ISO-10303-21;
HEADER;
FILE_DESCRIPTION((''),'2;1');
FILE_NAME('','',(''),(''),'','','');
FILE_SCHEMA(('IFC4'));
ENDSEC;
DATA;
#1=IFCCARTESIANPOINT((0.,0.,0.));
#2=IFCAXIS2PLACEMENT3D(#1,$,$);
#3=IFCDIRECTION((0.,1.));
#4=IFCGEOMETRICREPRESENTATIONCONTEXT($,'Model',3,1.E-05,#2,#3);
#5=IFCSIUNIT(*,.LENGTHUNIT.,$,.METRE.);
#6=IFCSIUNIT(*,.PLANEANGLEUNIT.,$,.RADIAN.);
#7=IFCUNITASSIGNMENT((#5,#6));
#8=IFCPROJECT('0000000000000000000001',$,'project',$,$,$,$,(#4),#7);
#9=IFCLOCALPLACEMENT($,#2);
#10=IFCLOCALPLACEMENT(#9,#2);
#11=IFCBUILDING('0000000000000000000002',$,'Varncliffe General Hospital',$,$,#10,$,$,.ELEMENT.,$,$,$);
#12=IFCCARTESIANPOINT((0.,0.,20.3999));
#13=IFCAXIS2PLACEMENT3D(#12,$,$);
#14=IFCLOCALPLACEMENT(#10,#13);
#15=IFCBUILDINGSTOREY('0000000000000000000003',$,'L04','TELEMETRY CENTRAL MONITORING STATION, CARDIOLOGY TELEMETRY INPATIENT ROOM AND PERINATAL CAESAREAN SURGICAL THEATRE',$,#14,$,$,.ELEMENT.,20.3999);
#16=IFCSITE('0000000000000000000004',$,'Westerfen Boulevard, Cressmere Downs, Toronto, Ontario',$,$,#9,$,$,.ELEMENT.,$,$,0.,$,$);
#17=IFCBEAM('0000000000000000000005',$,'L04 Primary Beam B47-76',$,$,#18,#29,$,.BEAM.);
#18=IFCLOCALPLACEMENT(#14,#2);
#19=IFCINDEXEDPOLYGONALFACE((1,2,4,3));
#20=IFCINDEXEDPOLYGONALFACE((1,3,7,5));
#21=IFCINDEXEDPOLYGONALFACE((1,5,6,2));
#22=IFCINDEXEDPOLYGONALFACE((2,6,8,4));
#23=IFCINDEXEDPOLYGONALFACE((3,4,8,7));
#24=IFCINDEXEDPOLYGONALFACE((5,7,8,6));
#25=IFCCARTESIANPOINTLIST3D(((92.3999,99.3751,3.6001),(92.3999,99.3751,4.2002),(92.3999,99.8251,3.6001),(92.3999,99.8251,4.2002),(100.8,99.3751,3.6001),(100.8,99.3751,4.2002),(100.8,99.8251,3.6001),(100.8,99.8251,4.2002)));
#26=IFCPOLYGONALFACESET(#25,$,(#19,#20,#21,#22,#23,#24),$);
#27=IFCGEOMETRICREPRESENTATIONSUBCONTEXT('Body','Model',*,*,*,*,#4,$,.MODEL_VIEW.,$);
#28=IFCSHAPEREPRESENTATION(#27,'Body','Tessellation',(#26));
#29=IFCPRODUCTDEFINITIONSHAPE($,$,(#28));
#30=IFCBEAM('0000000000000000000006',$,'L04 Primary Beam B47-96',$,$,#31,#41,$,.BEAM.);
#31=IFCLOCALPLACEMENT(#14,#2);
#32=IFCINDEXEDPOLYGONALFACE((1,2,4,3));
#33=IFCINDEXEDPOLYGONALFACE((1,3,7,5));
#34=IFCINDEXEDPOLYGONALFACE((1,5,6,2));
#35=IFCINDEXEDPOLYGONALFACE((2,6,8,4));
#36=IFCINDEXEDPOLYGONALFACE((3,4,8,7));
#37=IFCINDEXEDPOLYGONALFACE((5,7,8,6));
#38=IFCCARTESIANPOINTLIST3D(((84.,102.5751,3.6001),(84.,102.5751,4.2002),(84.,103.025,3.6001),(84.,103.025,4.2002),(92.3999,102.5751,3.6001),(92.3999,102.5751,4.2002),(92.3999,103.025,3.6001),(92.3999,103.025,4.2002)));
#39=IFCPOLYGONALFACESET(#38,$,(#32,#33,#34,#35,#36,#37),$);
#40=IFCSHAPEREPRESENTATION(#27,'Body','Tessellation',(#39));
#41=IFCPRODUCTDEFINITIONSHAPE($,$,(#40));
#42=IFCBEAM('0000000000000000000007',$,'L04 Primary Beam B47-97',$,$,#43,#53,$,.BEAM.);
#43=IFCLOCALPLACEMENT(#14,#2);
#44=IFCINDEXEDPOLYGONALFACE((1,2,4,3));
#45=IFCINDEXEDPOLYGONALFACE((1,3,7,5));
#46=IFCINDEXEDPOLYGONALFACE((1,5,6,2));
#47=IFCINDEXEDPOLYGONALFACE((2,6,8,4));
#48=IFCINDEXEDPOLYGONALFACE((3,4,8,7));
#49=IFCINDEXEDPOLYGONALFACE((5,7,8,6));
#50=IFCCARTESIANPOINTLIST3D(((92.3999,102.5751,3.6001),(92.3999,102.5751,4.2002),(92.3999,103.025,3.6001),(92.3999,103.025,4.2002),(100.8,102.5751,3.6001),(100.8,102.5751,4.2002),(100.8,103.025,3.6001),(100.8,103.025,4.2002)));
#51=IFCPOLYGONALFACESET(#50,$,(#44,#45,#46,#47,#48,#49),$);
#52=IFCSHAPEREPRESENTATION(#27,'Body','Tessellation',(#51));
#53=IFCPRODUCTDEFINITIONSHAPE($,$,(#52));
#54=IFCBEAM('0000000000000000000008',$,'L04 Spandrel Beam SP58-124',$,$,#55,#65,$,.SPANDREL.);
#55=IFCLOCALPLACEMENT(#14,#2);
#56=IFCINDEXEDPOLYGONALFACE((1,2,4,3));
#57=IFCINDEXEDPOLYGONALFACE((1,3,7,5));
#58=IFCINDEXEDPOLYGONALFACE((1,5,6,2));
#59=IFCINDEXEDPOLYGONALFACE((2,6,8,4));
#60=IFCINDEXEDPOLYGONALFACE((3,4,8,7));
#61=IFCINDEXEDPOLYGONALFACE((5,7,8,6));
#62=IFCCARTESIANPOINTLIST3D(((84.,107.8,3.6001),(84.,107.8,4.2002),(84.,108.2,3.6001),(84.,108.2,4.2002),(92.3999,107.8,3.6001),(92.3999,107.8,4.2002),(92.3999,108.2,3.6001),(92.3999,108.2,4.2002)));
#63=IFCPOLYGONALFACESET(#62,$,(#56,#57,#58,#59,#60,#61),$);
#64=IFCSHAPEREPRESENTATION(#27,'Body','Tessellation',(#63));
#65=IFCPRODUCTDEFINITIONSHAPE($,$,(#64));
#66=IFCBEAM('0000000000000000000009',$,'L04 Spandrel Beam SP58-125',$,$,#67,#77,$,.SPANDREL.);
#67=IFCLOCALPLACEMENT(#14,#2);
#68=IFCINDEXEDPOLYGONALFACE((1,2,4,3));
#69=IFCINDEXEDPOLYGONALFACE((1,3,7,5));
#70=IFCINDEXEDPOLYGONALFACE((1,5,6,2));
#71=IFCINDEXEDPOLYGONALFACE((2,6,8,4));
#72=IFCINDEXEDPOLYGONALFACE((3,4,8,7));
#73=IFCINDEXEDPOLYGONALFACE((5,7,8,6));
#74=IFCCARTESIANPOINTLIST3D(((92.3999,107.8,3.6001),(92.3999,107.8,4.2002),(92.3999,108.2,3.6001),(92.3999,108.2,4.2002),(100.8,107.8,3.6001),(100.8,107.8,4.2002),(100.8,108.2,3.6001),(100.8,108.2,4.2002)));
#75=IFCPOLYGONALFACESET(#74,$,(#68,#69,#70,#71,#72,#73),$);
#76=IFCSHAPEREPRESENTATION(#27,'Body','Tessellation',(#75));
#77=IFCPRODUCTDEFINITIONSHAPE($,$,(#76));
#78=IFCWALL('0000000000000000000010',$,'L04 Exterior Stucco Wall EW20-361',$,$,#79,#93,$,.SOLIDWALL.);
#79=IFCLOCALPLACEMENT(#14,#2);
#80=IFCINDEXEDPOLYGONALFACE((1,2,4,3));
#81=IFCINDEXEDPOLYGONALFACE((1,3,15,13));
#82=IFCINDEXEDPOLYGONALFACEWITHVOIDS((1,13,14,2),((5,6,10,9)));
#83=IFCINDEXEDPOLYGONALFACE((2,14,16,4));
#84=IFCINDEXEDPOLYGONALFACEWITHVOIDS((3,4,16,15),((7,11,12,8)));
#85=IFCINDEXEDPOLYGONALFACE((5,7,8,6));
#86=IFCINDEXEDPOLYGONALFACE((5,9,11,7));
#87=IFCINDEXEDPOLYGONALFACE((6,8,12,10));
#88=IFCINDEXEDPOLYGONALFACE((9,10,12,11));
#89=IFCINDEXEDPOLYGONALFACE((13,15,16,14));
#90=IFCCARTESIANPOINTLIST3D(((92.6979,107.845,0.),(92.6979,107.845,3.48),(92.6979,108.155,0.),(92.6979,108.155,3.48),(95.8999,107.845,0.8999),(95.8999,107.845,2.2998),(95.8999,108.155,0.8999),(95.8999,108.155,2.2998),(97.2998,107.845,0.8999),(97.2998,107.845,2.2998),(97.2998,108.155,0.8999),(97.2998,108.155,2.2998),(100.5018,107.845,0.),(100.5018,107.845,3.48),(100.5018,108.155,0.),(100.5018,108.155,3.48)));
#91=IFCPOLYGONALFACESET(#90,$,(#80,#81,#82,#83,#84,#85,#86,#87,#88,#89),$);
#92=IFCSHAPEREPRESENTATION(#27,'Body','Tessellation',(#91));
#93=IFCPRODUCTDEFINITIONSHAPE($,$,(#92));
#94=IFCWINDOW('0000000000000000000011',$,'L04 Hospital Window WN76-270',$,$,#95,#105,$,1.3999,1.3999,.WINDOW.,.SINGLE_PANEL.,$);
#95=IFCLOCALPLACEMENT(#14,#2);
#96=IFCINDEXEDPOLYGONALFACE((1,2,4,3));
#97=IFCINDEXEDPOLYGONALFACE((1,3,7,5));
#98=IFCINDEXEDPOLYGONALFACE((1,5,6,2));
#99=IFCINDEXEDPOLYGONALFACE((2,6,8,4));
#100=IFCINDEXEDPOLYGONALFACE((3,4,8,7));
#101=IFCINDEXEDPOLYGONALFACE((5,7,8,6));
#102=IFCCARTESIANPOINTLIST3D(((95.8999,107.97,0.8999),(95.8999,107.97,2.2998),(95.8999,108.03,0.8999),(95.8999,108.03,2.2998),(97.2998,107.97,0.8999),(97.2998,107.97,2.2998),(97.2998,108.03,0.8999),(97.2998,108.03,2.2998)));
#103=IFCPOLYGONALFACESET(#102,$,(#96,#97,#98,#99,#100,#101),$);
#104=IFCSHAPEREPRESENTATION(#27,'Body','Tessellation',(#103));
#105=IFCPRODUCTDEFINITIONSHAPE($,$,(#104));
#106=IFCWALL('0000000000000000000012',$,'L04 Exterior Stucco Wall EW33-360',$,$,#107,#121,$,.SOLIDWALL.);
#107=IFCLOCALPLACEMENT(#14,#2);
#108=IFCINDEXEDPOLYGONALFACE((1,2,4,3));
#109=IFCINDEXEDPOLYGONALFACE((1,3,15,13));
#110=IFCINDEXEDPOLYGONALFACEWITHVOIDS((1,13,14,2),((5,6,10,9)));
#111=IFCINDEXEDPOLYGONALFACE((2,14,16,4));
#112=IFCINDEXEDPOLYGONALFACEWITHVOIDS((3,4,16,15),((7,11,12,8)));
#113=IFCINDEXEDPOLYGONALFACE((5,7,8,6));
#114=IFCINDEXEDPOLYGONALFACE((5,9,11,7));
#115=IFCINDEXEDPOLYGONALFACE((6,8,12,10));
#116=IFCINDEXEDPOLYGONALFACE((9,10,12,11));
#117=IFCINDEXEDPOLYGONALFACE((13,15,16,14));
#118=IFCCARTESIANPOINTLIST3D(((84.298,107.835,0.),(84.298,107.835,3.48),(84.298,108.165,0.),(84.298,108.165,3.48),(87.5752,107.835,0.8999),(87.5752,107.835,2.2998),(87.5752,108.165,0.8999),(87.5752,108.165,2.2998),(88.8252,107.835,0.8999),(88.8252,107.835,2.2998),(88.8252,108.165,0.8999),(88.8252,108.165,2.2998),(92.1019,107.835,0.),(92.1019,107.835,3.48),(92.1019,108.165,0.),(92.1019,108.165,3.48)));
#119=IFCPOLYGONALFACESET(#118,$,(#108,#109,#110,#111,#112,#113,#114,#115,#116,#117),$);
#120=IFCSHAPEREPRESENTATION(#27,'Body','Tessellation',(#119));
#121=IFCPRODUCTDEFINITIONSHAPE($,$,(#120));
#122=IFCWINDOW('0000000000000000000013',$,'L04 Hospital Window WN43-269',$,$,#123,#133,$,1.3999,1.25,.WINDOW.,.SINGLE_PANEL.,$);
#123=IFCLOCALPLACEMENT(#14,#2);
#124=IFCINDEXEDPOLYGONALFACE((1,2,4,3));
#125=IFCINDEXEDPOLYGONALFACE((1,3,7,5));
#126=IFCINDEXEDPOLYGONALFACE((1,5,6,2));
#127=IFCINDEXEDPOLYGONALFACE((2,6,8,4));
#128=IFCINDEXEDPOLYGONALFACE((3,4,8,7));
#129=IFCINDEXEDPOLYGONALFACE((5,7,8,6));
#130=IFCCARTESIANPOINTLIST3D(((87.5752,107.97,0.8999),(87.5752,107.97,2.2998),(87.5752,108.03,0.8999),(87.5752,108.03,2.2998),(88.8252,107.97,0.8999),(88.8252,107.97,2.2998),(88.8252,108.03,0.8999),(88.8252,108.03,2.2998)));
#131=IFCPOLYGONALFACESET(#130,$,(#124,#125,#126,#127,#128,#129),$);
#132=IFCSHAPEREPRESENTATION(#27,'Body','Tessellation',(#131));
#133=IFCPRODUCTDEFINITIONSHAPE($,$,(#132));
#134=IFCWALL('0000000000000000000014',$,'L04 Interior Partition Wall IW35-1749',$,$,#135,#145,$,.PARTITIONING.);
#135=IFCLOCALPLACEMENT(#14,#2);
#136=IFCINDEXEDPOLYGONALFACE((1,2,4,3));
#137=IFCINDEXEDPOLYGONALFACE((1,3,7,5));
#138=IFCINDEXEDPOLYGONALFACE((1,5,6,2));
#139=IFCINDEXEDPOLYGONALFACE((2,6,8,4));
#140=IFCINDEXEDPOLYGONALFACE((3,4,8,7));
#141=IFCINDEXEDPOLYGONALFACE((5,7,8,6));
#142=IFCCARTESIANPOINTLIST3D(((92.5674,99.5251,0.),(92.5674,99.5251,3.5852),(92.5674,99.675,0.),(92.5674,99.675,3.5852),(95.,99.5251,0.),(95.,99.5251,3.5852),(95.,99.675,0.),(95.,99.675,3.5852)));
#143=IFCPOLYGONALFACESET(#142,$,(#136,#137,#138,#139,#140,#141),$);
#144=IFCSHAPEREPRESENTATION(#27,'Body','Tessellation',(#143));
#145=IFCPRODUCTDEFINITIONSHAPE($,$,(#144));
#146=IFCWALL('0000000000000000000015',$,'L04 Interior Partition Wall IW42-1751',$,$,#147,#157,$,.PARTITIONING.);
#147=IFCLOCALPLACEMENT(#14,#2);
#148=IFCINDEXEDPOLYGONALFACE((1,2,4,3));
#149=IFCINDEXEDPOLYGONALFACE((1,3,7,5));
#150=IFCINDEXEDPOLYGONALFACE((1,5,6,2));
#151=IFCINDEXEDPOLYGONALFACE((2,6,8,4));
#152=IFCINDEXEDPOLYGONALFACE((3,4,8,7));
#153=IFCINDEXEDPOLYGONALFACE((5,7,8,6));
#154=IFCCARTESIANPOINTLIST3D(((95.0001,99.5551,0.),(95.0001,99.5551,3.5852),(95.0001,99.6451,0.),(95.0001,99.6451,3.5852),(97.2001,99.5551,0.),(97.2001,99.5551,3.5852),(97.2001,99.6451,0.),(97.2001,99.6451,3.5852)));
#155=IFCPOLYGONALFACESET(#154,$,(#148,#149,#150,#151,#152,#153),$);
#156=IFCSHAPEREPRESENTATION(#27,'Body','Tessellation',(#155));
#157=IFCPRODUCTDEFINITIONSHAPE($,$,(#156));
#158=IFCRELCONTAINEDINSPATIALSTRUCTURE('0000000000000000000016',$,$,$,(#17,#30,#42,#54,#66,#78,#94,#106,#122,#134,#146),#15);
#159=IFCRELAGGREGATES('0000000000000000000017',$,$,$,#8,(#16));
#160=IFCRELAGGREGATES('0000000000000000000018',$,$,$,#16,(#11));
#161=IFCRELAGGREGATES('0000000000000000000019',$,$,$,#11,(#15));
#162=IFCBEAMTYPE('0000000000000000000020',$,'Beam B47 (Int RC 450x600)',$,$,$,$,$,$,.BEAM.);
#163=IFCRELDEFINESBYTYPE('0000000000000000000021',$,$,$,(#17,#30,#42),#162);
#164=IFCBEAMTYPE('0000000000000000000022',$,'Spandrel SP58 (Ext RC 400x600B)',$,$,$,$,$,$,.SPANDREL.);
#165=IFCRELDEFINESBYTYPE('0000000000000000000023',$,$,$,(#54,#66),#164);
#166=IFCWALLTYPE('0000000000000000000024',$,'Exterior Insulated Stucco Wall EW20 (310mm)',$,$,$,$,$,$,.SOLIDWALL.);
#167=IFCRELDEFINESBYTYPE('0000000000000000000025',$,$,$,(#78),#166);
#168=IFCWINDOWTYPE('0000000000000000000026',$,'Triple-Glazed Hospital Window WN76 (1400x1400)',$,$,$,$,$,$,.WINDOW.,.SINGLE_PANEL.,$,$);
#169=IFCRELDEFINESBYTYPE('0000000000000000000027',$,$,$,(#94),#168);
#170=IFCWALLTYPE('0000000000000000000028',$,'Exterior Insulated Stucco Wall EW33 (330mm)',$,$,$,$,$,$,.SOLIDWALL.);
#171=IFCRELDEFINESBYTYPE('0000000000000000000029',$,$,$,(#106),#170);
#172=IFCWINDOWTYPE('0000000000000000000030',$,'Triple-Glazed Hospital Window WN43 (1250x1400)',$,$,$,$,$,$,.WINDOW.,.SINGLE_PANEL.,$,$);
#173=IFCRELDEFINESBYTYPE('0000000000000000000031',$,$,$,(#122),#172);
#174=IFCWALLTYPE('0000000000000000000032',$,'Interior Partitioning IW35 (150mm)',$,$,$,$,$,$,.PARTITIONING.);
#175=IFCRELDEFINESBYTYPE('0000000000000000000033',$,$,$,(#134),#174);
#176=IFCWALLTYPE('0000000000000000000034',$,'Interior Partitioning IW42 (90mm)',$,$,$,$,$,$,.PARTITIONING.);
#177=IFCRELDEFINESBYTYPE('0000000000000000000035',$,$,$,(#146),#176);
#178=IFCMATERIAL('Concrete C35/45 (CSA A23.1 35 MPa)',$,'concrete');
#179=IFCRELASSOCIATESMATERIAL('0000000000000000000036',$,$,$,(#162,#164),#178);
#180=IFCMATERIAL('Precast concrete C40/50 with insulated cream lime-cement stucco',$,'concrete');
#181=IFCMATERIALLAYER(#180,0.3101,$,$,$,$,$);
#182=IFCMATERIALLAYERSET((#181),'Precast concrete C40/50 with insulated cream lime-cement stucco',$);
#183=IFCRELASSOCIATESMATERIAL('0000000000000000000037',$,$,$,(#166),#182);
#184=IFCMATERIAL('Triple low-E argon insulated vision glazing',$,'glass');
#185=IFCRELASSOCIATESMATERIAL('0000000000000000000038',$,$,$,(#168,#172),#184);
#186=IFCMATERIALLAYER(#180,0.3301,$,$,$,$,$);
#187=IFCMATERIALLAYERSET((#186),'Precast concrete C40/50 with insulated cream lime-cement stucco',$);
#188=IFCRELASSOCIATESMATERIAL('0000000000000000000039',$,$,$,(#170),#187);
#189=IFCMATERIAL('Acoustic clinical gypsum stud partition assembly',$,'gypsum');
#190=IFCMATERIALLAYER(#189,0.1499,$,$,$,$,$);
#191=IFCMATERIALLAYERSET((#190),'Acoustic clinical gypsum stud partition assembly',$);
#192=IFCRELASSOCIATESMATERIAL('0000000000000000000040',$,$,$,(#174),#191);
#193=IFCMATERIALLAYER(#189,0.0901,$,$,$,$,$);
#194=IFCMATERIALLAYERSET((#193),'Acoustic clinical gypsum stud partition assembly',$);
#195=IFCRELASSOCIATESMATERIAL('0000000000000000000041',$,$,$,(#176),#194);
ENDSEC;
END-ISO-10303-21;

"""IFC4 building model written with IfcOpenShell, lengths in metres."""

from ifc_helpers import new_model, si_unit, direction, frame, frame_2d, origin, origin_2d, place, context, subcontext, project, spatial, rectangle, extrude, material, layer, layer_set, material_profile, profile_set, type_object, element, fill, save


model = new_model("IFC4")

# Units and contexts
model_context = context("Model", 3, precision=1e-05, world=origin(), true_north=direction((0.0, 1.0)))
body_context = subcontext(model_context, "Body", "Model", "MODEL_VIEW")
ifc_project = project(units=[si_unit("LENGTHUNIT", "METRE"), si_unit("PLANEANGLEUNIT", "RADIAN")], contexts=[model_context])

# Site, building, storey
site_placement = place(None, origin())
site = spatial("IfcSite", under=ifc_project, at=site_placement, Name="Westerfen Boulevard, Cressmere Downs, Toronto, Ontario", CompositionType="ELEMENT", RefElevation=0.0)
building_placement = place(site_placement, origin())
building = spatial("IfcBuilding", under=site, at=building_placement, Name="Varncliffe General Hospital", CompositionType="ELEMENT")
storey_placement = place(building_placement, frame((0.0, 0.0, 20.3999)))
storey = spatial("IfcBuildingStorey", under=building, at=storey_placement, Name="L04", Description="TELEMETRY CENTRAL MONITORING STATION, CARDIOLOGY TELEMETRY INPATIENT ROOM AND PERINATAL CAESAREAN SURGICAL THEATRE", CompositionType="ELEMENT", Elevation=20.3999)

# Beams
ifc_material_1 = material(Name="Concrete C35/45 (CSA A23.1 35 MPa)", Category="concrete")
ifc_material_profile_1 = material_profile(ifc_material_1, rectangle(XDim=0.45, YDim=0.6001, at=origin_2d()), Name="RC 450x600")
ifc_profile_set_1 = profile_set([ifc_material_profile_1], Name="Concrete C35/45 (CSA A23.1 35 MPa)")
beam_type_1 = type_object("IfcBeamType", Name="Beam B47 (Int RC 450x600)", PredefinedType="BEAM", material=ifc_profile_set_1)
beam_1_placement = place(storey_placement, frame((92.3999, 99.6001, 3.9001), z_axis=(1.0, 0.0, 0.0), x_axis=(0.0, 1.0, 0.0)))
element("IfcBeam", 1, at=beam_1_placement, inside=storey, type_object=beam_type_1, Name="L04 Primary Beam B47-76", PredefinedType="BEAM", context=body_context, shape_type="SweptSolid", body=[
    extrude(rectangle(XDim=0.45, YDim=0.6001, at=origin_2d()), origin(), (0.0, 0.0, 1.0), 8.4001),
])
beam_2_placement = place(storey_placement, frame((84.0, 102.8, 3.9001), z_axis=(1.0, 0.0, 0.0), x_axis=(0.0, 1.0, 0.0)))
element("IfcBeam", 2, at=beam_2_placement, inside=storey, type_object=beam_type_1, Name="L04 Primary Beam B47-96", PredefinedType="BEAM", context=body_context, shape_type="SweptSolid", body=[
    extrude(rectangle(XDim=0.45, YDim=0.6001, at=origin_2d()), origin(), (0.0, 0.0, 1.0), 8.3999),
])
beam_3_placement = place(storey_placement, frame((92.3999, 102.8, 3.9001), z_axis=(1.0, 0.0, 0.0), x_axis=(0.0, 1.0, 0.0)))
element("IfcBeam", 3, at=beam_3_placement, inside=storey, type_object=beam_type_1, Name="L04 Primary Beam B47-97", PredefinedType="BEAM", context=body_context, shape_type="SweptSolid", body=[
    extrude(rectangle(XDim=0.45, YDim=0.6001, at=origin_2d()), origin(), (0.0, 0.0, 1.0), 8.4001),
])
ifc_material_profile_2 = material_profile(ifc_material_1, rectangle(XDim=0.3999, YDim=0.6001, at=origin_2d()), Name="RC 400x600")
ifc_profile_set_2 = profile_set([ifc_material_profile_2], Name="Concrete C35/45 (CSA A23.1 35 MPa)")
beam_type_2 = type_object("IfcBeamType", Name="Spandrel SP58 (Ext RC 400x600B)", PredefinedType="SPANDREL", material=ifc_profile_set_2)
beam_4_placement = place(storey_placement, frame((84.0, 108.0, 3.9001), z_axis=(1.0, 0.0, 0.0), x_axis=(0.0, 1.0, 0.0)))
element("IfcBeam", 4, at=beam_4_placement, inside=storey, type_object=beam_type_2, Name="L04 Spandrel Beam SP58-124", PredefinedType="SPANDREL", context=body_context, shape_type="SweptSolid", body=[
    extrude(rectangle(XDim=0.3999, YDim=0.6001, at=origin_2d()), origin(), (0.0, 0.0, 1.0), 8.3999),
])
beam_5_placement = place(storey_placement, frame((92.3999, 108.0, 3.9001), z_axis=(1.0, 0.0, 0.0), x_axis=(0.0, 1.0, 0.0)))
element("IfcBeam", 5, at=beam_5_placement, inside=storey, type_object=beam_type_2, Name="L04 Spandrel Beam SP58-125", PredefinedType="SPANDREL", context=body_context, shape_type="SweptSolid", body=[
    extrude(rectangle(XDim=0.3999, YDim=0.6001, at=origin_2d()), origin(), (0.0, 0.0, 1.0), 8.4001),
])

# Walls, openings, windows
ifc_material_2 = material(Name="Precast concrete C40/50 with insulated cream lime-cement stucco", Category="concrete")
ifc_layer_1 = layer(ifc_material_2, 0.3101)
ifc_layer_set_1 = layer_set([ifc_layer_1], Name="Precast concrete C40/50 with insulated cream lime-cement stucco")
wall_type_1 = type_object("IfcWallType", Name="Exterior Insulated Stucco Wall EW20 (310mm)", PredefinedType="SOLIDWALL", material=ifc_layer_set_1)
wall_1_placement = place(storey_placement, frame((92.698, 108.0, 0.0), z_axis=(0.0, 0.0, 1.0), x_axis=(1.0, 0.0, 0.0)))
wall_1 = element("IfcWall", 6, at=wall_1_placement, inside=storey, type_object=wall_type_1, Name="L04 Exterior Stucco Wall EW20-361", PredefinedType="SOLIDWALL", context=body_context, shape_type="SweptSolid", body=[
    extrude(rectangle(XDim=7.804, YDim=0.3101, at=frame_2d((3.9019, 0.0))), origin(), (0.0, 0.0, 1.0), 3.48),
])
opening_1_placement = place(wall_1_placement, frame((3.2019, 0.0, 0.8999)))
opening_1 = element("IfcOpeningElement", 7, at=opening_1_placement, cuts=wall_1, PredefinedType="OPENING", context=body_context, shape_type="SweptSolid", body=[
    extrude(rectangle(XDim=1.3999, YDim=1.3999, at=frame_2d((0.7, 0.7))), frame((0.0, 0.165, 0.0), z_axis=(0.0, -1.0, 0.0), x_axis=(1.0, 0.0, 0.0)), (0.0, 0.0, 1.0), 0.3301),
])
ifc_material_3 = material(Name="Triple low-E argon insulated vision glazing", Category="glass")
window_type_1 = type_object("IfcWindowType", Name="Triple-Glazed Hospital Window WN76 (1400x1400)", PartitioningType="SINGLE_PANEL", PredefinedType="WINDOW", material=ifc_material_3)
window_1_placement = place(opening_1_placement, origin())
window_1 = element("IfcWindow", 8, at=window_1_placement, inside=storey, type_object=window_type_1, Name="L04 Hospital Window WN76-270", OverallHeight=1.3999, OverallWidth=1.3999, PartitioningType="SINGLE_PANEL", PredefinedType="WINDOW", context=body_context, shape_type="SweptSolid", body=[
    extrude(rectangle(XDim=1.3999, YDim=1.3999, at=frame_2d((0.7, 0.7))), frame((0.0, 0.03, 0.0), z_axis=(0.0, -1.0, 0.0), x_axis=(1.0, 0.0, 0.0)), (0.0, 0.0, 1.0), 0.0601),
])
fill(opening_1, window_1)
ifc_layer_2 = layer(ifc_material_2, 0.3301)
ifc_layer_set_2 = layer_set([ifc_layer_2], Name="Precast concrete C40/50 with insulated cream lime-cement stucco")
wall_type_2 = type_object("IfcWallType", Name="Exterior Insulated Stucco Wall EW33 (330mm)", PredefinedType="SOLIDWALL", material=ifc_layer_set_2)
wall_2_placement = place(storey_placement, frame((84.2981, 108.0, 0.0), z_axis=(0.0, 0.0, 1.0), x_axis=(1.0, 0.0, 0.0)))
wall_2 = element("IfcWall", 9, at=wall_2_placement, inside=storey, type_object=wall_type_2, Name="L04 Exterior Stucco Wall EW33-360", PredefinedType="SOLIDWALL", context=body_context, shape_type="SweptSolid", body=[
    extrude(rectangle(XDim=7.804, YDim=0.3301, at=frame_2d((3.9019, 0.0))), origin(), (0.0, 0.0, 1.0), 3.48),
])
opening_2_placement = place(wall_2_placement, frame((3.2771, 0.0, 0.8999)))
opening_2 = element("IfcOpeningElement", 10, at=opening_2_placement, cuts=wall_2, PredefinedType="OPENING", context=body_context, shape_type="SweptSolid", body=[
    extrude(rectangle(XDim=1.25, YDim=1.3999, at=frame_2d((0.625, 0.7))), frame((0.0, 0.175, 0.0), z_axis=(0.0, -1.0, 0.0), x_axis=(1.0, 0.0, 0.0)), (0.0, 0.0, 1.0), 0.3501),
])
window_type_2 = type_object("IfcWindowType", Name="Triple-Glazed Hospital Window WN43 (1250x1400)", PartitioningType="SINGLE_PANEL", PredefinedType="WINDOW", material=ifc_material_3)
window_2_placement = place(opening_2_placement, origin())
window_2 = element("IfcWindow", 11, at=window_2_placement, inside=storey, type_object=window_type_2, Name="L04 Hospital Window WN43-269", OverallHeight=1.3999, OverallWidth=1.25, PartitioningType="SINGLE_PANEL", PredefinedType="WINDOW", context=body_context, shape_type="SweptSolid", body=[
    extrude(rectangle(XDim=1.25, YDim=1.3999, at=frame_2d((0.625, 0.7))), frame((0.0, 0.03, 0.0), z_axis=(0.0, -1.0, 0.0), x_axis=(1.0, 0.0, 0.0)), (0.0, 0.0, 1.0), 0.0601),
])
fill(opening_2, window_2)

# Walls
ifc_material_4 = material(Name="Acoustic clinical gypsum stud partition assembly", Category="gypsum")
ifc_layer_3 = layer(ifc_material_4, 0.1499)
ifc_layer_set_3 = layer_set([ifc_layer_3], Name="Acoustic clinical gypsum stud partition assembly")
wall_type_3 = type_object("IfcWallType", Name="Interior Partitioning IW35 (150mm)", PredefinedType="PARTITIONING", material=ifc_layer_set_3)
wall_3_placement = place(storey_placement, frame((92.5674, 99.6001, 0.0), z_axis=(0.0, 0.0, 1.0), x_axis=(1.0, 0.0, 0.0)))
element("IfcWall", 12, at=wall_3_placement, inside=storey, type_object=wall_type_3, Name="L04 Interior Partition Wall IW35-1749", PredefinedType="PARTITIONING", context=body_context, shape_type="SweptSolid", body=[
    extrude(rectangle(XDim=2.4326, YDim=0.1499, at=frame_2d((1.2163, 0.0))), origin(), (0.0, 0.0, 1.0), 3.5852),
])
ifc_layer_4 = layer(ifc_material_4, 0.0901)
ifc_layer_set_4 = layer_set([ifc_layer_4], Name="Acoustic clinical gypsum stud partition assembly")
wall_type_4 = type_object("IfcWallType", Name="Interior Partitioning IW42 (90mm)", PredefinedType="PARTITIONING", material=ifc_layer_set_4)
wall_4_placement = place(storey_placement, frame((95.0, 99.6001, 0.0), z_axis=(0.0, 0.0, 1.0), x_axis=(1.0, 0.0, 0.0)))
element("IfcWall", 13, at=wall_4_placement, inside=storey, type_object=wall_type_4, Name="L04 Interior Partition Wall IW42-1751", PredefinedType="PARTITIONING", context=body_context, shape_type="SweptSolid", body=[
    extrude(rectangle(XDim=2.2, YDim=0.0901, at=frame_2d((1.1001, 0.0))), origin(), (0.0, 0.0, 1.0), 3.5852),
])

save(model, "model.ifc")
